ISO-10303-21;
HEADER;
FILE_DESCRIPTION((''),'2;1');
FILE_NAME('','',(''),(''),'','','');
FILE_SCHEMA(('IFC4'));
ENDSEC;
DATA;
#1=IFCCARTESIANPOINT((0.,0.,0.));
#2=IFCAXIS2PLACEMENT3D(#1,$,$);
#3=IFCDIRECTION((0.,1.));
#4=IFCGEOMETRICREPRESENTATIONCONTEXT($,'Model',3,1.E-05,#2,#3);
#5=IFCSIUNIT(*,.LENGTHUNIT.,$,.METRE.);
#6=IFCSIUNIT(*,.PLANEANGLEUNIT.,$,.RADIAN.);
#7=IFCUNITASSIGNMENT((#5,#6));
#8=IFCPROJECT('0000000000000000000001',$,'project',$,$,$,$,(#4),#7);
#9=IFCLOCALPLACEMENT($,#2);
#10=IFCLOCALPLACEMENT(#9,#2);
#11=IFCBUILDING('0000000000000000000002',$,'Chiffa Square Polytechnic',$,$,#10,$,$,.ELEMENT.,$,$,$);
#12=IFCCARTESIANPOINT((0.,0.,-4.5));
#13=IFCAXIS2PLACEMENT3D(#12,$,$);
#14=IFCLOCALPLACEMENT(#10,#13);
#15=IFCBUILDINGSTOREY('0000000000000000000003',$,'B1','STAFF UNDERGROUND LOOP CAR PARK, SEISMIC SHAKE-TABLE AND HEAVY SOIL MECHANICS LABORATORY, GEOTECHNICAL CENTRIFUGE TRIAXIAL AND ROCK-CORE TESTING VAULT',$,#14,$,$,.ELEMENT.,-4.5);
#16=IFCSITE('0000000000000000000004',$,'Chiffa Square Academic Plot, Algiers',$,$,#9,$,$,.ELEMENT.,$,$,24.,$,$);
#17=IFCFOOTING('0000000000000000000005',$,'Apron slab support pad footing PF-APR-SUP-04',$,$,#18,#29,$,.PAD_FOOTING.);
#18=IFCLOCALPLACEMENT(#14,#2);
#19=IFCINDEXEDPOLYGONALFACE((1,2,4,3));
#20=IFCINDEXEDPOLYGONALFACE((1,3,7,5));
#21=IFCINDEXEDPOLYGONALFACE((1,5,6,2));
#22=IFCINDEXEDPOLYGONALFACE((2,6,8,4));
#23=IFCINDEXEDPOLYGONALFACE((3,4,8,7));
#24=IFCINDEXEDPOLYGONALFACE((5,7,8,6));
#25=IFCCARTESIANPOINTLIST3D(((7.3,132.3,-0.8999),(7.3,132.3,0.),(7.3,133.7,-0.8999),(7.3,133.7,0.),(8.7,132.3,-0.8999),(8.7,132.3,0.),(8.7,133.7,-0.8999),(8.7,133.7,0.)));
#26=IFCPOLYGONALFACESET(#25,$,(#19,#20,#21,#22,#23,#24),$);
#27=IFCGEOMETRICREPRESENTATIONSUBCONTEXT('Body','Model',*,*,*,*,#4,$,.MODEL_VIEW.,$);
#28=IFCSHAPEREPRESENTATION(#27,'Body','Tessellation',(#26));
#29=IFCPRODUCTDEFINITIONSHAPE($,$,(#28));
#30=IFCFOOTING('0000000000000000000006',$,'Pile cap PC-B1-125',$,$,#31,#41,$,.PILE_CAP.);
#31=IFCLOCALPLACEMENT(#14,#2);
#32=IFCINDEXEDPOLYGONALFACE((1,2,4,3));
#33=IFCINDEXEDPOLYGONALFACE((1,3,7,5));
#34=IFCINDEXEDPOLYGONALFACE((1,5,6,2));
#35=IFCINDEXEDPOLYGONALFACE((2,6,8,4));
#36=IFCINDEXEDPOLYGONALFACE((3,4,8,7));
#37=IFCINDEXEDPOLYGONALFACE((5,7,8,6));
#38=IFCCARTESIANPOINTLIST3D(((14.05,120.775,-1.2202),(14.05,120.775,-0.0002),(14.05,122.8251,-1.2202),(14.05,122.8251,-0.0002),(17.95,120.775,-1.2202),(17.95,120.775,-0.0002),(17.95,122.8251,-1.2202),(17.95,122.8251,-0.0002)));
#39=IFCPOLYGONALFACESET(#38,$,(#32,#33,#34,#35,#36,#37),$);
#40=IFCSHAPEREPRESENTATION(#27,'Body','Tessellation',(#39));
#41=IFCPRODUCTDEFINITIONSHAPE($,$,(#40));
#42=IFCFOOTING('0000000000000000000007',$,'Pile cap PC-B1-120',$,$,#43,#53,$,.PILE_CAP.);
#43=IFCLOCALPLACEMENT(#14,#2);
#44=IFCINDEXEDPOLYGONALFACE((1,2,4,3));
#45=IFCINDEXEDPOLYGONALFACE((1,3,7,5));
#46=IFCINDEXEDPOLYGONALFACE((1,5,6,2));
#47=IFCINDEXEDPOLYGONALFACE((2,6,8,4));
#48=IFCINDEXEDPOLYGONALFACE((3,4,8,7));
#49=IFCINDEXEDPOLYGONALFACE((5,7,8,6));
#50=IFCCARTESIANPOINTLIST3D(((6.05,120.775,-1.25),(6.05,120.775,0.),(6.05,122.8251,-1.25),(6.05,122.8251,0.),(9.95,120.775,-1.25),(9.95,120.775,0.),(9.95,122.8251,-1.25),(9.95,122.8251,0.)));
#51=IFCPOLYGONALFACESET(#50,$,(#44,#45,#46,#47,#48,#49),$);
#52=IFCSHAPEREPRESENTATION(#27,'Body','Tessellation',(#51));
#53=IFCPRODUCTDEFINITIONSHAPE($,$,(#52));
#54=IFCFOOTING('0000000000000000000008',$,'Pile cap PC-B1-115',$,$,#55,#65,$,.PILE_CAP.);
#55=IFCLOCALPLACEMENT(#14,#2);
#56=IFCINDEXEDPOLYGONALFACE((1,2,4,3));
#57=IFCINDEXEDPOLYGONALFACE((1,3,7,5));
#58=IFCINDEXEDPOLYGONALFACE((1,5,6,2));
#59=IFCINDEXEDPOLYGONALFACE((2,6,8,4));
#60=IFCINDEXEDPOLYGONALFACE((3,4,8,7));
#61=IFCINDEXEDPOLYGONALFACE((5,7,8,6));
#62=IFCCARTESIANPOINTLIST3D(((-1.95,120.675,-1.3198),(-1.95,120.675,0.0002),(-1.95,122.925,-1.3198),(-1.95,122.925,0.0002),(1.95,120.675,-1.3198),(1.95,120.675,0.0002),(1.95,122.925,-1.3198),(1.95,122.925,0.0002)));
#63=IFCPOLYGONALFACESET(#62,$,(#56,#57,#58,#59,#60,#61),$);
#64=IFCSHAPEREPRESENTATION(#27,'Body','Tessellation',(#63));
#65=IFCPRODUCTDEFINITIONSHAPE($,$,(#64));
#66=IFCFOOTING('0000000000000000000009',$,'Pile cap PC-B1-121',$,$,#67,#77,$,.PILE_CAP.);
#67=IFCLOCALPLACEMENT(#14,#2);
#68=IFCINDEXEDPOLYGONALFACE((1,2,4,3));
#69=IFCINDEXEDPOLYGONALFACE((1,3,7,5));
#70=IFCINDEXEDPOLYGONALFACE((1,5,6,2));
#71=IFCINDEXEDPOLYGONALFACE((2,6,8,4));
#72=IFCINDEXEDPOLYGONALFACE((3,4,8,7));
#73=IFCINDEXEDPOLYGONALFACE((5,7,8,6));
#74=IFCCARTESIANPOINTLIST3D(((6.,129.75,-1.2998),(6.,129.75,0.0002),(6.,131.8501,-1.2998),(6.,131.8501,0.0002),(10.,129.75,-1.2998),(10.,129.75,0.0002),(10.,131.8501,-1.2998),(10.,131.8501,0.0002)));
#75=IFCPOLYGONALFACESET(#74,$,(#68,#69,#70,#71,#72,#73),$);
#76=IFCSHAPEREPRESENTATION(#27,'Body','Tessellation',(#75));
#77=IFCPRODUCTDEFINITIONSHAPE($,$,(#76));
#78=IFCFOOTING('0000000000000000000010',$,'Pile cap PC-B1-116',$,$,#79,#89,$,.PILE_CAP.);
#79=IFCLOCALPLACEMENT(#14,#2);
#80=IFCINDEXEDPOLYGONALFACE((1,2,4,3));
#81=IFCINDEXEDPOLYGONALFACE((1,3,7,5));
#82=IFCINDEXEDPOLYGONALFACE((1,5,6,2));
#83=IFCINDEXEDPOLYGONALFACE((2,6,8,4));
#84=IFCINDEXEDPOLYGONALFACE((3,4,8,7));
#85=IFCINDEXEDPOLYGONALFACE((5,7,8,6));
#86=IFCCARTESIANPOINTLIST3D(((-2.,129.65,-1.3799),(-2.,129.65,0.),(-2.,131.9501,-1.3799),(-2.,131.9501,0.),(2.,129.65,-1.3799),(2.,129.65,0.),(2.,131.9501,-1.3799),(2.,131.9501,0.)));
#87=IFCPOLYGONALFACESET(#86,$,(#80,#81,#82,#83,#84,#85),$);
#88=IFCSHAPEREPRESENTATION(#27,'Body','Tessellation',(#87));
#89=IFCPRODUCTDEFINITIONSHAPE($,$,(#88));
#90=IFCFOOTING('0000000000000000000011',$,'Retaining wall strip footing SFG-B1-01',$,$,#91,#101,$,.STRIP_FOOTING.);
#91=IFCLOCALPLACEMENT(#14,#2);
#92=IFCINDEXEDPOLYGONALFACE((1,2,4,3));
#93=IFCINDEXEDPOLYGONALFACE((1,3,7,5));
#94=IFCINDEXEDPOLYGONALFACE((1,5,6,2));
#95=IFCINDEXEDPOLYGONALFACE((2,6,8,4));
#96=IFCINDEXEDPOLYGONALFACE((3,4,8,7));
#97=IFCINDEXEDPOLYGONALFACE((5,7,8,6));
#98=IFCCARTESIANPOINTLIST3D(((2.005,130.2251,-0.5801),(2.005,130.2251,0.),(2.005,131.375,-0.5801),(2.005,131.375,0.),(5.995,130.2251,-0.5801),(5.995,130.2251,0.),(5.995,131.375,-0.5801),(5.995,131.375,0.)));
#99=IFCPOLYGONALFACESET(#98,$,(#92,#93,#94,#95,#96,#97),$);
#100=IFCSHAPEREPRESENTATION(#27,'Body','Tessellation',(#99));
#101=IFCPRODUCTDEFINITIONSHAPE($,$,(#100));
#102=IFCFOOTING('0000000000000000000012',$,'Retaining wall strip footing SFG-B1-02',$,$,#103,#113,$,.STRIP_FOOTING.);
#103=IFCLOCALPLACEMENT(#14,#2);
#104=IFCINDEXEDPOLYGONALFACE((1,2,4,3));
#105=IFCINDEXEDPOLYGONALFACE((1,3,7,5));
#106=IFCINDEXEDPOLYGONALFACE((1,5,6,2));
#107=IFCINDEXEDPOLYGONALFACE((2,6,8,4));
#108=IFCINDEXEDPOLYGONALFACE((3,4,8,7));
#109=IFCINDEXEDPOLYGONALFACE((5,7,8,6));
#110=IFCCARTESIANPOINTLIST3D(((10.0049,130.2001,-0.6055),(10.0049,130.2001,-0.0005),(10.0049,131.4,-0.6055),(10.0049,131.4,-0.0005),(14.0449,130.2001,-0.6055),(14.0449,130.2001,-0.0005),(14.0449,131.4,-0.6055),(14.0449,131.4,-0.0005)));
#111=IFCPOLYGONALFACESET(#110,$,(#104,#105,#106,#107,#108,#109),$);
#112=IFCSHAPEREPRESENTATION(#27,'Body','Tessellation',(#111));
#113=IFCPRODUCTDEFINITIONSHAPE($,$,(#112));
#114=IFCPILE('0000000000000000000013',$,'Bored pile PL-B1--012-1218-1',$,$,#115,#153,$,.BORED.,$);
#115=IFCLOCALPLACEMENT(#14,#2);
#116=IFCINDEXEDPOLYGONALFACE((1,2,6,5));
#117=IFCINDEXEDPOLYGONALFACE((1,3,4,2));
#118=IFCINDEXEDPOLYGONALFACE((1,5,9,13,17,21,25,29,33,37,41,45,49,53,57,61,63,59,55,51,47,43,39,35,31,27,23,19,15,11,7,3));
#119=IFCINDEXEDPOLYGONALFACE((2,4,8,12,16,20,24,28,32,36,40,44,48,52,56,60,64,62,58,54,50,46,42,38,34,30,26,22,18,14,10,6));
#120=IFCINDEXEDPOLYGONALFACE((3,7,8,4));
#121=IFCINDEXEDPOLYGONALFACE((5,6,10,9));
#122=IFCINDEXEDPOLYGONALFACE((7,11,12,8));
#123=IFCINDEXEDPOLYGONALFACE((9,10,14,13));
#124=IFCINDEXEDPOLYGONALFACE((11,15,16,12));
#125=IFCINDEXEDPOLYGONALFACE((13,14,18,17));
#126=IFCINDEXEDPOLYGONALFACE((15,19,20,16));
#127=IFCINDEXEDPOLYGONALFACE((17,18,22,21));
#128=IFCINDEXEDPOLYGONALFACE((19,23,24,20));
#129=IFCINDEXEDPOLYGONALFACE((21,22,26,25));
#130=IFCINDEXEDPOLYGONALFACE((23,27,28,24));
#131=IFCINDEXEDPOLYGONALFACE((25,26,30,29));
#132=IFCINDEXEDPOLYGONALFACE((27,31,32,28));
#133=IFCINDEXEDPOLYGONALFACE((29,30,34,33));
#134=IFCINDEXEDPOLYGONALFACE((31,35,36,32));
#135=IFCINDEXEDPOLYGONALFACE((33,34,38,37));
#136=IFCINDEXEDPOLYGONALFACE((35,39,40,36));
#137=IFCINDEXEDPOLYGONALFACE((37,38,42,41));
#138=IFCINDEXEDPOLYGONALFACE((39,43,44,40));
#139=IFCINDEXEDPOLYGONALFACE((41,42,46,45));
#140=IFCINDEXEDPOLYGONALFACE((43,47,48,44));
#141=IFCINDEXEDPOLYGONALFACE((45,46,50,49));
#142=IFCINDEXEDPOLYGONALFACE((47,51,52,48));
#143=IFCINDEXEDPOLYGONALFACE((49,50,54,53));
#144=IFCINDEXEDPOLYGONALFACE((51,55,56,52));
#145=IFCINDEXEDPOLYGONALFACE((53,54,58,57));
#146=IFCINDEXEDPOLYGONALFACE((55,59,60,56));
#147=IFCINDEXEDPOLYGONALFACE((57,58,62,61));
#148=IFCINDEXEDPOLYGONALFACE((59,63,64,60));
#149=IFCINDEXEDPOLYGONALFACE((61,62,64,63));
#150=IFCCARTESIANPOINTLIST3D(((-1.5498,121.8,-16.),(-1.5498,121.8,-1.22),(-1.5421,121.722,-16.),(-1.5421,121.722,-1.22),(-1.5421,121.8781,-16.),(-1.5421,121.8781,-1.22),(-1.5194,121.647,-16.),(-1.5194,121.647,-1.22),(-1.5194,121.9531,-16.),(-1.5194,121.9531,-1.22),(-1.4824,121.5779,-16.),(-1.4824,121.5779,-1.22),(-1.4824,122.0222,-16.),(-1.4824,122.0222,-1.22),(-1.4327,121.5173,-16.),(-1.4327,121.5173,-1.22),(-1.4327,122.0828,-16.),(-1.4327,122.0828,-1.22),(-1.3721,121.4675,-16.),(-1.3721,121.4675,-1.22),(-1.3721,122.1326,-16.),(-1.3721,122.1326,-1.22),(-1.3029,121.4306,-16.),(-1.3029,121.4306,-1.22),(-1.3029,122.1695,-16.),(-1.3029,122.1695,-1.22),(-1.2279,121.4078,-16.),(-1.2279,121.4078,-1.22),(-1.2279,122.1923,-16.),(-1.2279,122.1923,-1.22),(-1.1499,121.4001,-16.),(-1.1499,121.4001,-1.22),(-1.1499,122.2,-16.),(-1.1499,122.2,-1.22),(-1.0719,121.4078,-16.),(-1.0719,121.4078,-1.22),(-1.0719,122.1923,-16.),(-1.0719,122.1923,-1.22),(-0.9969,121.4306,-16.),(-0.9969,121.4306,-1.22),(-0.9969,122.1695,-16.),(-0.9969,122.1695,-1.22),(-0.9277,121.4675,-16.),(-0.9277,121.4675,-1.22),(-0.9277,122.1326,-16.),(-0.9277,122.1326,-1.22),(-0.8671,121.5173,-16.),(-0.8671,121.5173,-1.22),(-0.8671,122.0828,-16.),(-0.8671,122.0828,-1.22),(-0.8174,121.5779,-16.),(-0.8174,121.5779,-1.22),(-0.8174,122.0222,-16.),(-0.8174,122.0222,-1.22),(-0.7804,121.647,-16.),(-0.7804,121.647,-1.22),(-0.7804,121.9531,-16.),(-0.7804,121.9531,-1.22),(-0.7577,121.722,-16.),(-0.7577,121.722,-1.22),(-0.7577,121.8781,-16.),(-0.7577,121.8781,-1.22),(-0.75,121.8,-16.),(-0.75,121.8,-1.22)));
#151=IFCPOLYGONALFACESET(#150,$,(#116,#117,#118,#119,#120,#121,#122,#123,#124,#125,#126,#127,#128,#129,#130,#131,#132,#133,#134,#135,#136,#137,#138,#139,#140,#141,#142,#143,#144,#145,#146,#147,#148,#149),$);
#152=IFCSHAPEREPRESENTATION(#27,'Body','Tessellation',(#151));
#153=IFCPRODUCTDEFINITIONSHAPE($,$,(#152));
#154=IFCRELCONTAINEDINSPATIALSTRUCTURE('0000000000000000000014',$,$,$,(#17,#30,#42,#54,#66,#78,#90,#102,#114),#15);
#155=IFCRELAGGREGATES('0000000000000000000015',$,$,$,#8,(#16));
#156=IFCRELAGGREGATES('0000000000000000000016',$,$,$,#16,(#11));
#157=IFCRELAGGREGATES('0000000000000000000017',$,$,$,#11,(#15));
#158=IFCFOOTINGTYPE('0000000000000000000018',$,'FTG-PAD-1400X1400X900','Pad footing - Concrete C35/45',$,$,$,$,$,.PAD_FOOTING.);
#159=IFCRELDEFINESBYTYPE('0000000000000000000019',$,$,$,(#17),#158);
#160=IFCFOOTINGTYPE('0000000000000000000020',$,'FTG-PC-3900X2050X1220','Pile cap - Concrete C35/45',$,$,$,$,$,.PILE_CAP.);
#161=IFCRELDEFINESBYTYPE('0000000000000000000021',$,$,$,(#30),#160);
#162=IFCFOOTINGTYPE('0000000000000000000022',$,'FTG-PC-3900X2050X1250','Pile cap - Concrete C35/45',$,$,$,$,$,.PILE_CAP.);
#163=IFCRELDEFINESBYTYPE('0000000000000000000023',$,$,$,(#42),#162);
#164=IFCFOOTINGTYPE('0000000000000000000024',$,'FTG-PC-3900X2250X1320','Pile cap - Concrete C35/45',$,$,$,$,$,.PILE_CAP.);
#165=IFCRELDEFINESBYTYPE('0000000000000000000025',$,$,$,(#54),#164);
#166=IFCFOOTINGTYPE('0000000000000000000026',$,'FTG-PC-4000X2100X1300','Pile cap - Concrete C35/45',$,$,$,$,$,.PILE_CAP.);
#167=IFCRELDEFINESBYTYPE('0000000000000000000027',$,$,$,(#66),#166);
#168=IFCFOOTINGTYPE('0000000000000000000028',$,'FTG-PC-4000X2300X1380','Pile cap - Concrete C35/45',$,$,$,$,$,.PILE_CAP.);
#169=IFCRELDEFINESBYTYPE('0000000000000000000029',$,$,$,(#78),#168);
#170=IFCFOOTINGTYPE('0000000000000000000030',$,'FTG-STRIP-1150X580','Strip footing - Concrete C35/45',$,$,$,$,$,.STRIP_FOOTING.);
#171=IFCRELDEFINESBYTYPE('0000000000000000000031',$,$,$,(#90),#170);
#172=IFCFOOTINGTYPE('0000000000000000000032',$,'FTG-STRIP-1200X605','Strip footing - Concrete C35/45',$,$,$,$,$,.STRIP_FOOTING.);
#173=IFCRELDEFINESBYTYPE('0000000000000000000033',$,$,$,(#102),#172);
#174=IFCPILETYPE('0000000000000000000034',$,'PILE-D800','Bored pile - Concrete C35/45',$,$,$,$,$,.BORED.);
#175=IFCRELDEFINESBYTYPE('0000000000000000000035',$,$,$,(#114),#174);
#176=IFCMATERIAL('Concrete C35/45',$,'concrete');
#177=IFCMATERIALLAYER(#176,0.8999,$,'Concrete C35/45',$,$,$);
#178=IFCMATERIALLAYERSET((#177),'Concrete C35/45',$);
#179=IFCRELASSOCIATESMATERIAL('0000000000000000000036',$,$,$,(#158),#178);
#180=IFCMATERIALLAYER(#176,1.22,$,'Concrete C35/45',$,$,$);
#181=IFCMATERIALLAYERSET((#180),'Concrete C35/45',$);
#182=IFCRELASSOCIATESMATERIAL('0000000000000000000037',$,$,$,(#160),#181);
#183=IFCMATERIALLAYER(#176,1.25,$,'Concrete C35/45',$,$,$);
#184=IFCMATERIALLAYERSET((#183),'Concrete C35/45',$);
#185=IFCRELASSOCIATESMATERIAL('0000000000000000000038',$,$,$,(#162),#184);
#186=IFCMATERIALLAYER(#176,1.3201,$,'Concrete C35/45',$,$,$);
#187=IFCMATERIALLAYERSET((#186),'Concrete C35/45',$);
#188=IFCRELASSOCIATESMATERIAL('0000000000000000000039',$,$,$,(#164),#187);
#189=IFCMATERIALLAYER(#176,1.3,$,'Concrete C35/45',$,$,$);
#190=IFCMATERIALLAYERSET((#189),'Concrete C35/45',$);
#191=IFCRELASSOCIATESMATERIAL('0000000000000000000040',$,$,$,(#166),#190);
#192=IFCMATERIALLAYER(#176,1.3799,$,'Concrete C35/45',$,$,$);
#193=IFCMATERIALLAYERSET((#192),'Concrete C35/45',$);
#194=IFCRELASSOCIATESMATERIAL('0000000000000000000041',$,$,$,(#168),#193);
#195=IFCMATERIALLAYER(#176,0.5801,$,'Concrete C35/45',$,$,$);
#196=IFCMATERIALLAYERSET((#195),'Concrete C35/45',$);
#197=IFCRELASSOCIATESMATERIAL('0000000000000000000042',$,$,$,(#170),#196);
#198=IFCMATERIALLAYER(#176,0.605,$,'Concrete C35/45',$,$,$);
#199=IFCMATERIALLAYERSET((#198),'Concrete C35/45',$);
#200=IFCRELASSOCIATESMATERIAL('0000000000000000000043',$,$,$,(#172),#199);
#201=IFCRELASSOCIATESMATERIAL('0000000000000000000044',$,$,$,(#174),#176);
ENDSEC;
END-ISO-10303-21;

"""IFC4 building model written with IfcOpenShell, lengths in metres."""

from ifc_helpers import new_model, si_unit, direction, frame, origin, origin_2d, place, context, subcontext, project, spatial, rectangle, circle, extrude, material, layer, layer_set, material_profile, profile_set, type_object, element, save


model = new_model("IFC4")

# Units and contexts
model_context = context("Model", 3, precision=1e-05, world=origin(), true_north=direction((0.0, 1.0)))
body_context = subcontext(model_context, "Body", "Model", "MODEL_VIEW")
ifc_project = project(units=[si_unit("LENGTHUNIT", "METRE"), si_unit("PLANEANGLEUNIT", "RADIAN")], contexts=[model_context])

# Site, building, storey
site_placement = place(None, origin())
site = spatial("IfcSite", under=ifc_project, at=site_placement, Name="Chiffa Square Academic Plot, Algiers", CompositionType="ELEMENT", RefElevation=24.0)
building_placement = place(site_placement, origin())
building = spatial("IfcBuilding", under=site, at=building_placement, Name="Chiffa Square Polytechnic", CompositionType="ELEMENT")
storey_placement = place(building_placement, frame((0.0, 0.0, -4.5)))
storey = spatial("IfcBuildingStorey", under=building, at=storey_placement, Name="B1", Description="STAFF UNDERGROUND LOOP CAR PARK, SEISMIC SHAKE-TABLE AND HEAVY SOIL MECHANICS LABORATORY, GEOTECHNICAL CENTRIFUGE TRIAXIAL AND ROCK-CORE TESTING VAULT", CompositionType="ELEMENT", Elevation=-4.5)

# Footings
ifc_material_1 = material(Name="Concrete C35/45", Category="concrete")
ifc_layer_1 = layer(ifc_material_1, 0.8999, Name="Concrete C35/45")
ifc_layer_set_1 = layer_set([ifc_layer_1], Name="Concrete C35/45")
footing_type_1 = type_object("IfcFootingType", Name="FTG-PAD-1400X1400X900", Description="Pad footing - Concrete C35/45", PredefinedType="PAD_FOOTING", material=ifc_layer_set_1)
footing_1_placement = place(storey_placement, frame((8.0, 133.0, -0.8999), z_axis=(0.0, 0.0, 1.0), x_axis=(1.0, 0.0, 0.0)))
element("IfcFooting", 1, at=footing_1_placement, inside=storey, type_object=footing_type_1, Name="Apron slab support pad footing PF-APR-SUP-04", PredefinedType="PAD_FOOTING", context=body_context, shape_type="SweptSolid", body=[
    extrude(rectangle(XDim=1.3999, YDim=1.3999, at=origin_2d()), origin(), (0.0, 0.0, 1.0), 0.8999),
])
ifc_layer_2 = layer(ifc_material_1, 1.22, Name="Concrete C35/45")
ifc_layer_set_2 = layer_set([ifc_layer_2], Name="Concrete C35/45")
footing_type_2 = type_object("IfcFootingType", Name="FTG-PC-3900X2050X1220", Description="Pile cap - Concrete C35/45", PredefinedType="PILE_CAP", material=ifc_layer_set_2)
footing_2_placement = place(storey_placement, frame((16.0, 121.8, -1.2202), z_axis=(0.0, 0.0, 1.0), x_axis=(1.0, 0.0, 0.0)))
element("IfcFooting", 2, at=footing_2_placement, inside=storey, type_object=footing_type_2, Name="Pile cap PC-B1-125", PredefinedType="PILE_CAP", context=body_context, shape_type="SweptSolid", body=[
    extrude(rectangle(XDim=3.8999, YDim=2.05, at=origin_2d()), origin(), (0.0, 0.0, 1.0), 1.22),
])
ifc_layer_3 = layer(ifc_material_1, 1.25, Name="Concrete C35/45")
ifc_layer_set_3 = layer_set([ifc_layer_3], Name="Concrete C35/45")
footing_type_3 = type_object("IfcFootingType", Name="FTG-PC-3900X2050X1250", Description="Pile cap - Concrete C35/45", PredefinedType="PILE_CAP", material=ifc_layer_set_3)
footing_3_placement = place(storey_placement, frame((8.0, 121.8, -1.25), z_axis=(0.0, 0.0, 1.0), x_axis=(1.0, 0.0, 0.0)))
element("IfcFooting", 3, at=footing_3_placement, inside=storey, type_object=footing_type_3, Name="Pile cap PC-B1-120", PredefinedType="PILE_CAP", context=body_context, shape_type="SweptSolid", body=[
    extrude(rectangle(XDim=3.8999, YDim=2.05, at=origin_2d()), origin(), (0.0, 0.0, 1.0), 1.25),
])
ifc_layer_4 = layer(ifc_material_1, 1.3201, Name="Concrete C35/45")
ifc_layer_set_4 = layer_set([ifc_layer_4], Name="Concrete C35/45")
footing_type_4 = type_object("IfcFootingType", Name="FTG-PC-3900X2250X1320", Description="Pile cap - Concrete C35/45", PredefinedType="PILE_CAP", material=ifc_layer_set_4)
footing_4_placement = place(storey_placement, frame((0.0, 121.8, -1.3198), z_axis=(0.0, 0.0, 1.0), x_axis=(1.0, 0.0, 0.0)))
element("IfcFooting", 4, at=footing_4_placement, inside=storey, type_object=footing_type_4, Name="Pile cap PC-B1-115", PredefinedType="PILE_CAP", context=body_context, shape_type="SweptSolid", body=[
    extrude(rectangle(XDim=3.8999, YDim=2.25, at=origin_2d()), origin(), (0.0, 0.0, 1.0), 1.3201),
])
ifc_layer_5 = layer(ifc_material_1, 1.3, Name="Concrete C35/45")
ifc_layer_set_5 = layer_set([ifc_layer_5], Name="Concrete C35/45")
footing_type_5 = type_object("IfcFootingType", Name="FTG-PC-4000X2100X1300", Description="Pile cap - Concrete C35/45", PredefinedType="PILE_CAP", material=ifc_layer_set_5)
footing_5_placement = place(storey_placement, frame((8.0, 130.8, -1.2998), z_axis=(0.0, 0.0, 1.0), x_axis=(1.0, 0.0, 0.0)))
element("IfcFooting", 5, at=footing_5_placement, inside=storey, type_object=footing_type_5, Name="Pile cap PC-B1-121", PredefinedType="PILE_CAP", context=body_context, shape_type="SweptSolid", body=[
    extrude(rectangle(XDim=4.0, YDim=2.1001, at=origin_2d()), origin(), (0.0, 0.0, 1.0), 1.3),
])
ifc_layer_6 = layer(ifc_material_1, 1.3799, Name="Concrete C35/45")
ifc_layer_set_6 = layer_set([ifc_layer_6], Name="Concrete C35/45")
footing_type_6 = type_object("IfcFootingType", Name="FTG-PC-4000X2300X1380", Description="Pile cap - Concrete C35/45", PredefinedType="PILE_CAP", material=ifc_layer_set_6)
footing_6_placement = place(storey_placement, frame((0.0, 130.8, -1.3799), z_axis=(0.0, 0.0, 1.0), x_axis=(1.0, 0.0, 0.0)))
element("IfcFooting", 6, at=footing_6_placement, inside=storey, type_object=footing_type_6, Name="Pile cap PC-B1-116", PredefinedType="PILE_CAP", context=body_context, shape_type="SweptSolid", body=[
    extrude(rectangle(XDim=4.0, YDim=2.3, at=origin_2d()), origin(), (0.0, 0.0, 1.0), 1.3799),
])
ifc_layer_7 = layer(ifc_material_1, 0.5801, Name="Concrete C35/45")
ifc_layer_set_7 = layer_set([ifc_layer_7], Name="Concrete C35/45")
footing_type_7 = type_object("IfcFootingType", Name="FTG-STRIP-1150X580", Description="Strip footing - Concrete C35/45", PredefinedType="STRIP_FOOTING", material=ifc_layer_set_7)
footing_7_placement = place(storey_placement, frame((4.0, 130.8, -0.5801), z_axis=(0.0, 0.0, 1.0), x_axis=(1.0, 0.0, 0.0)))
element("IfcFooting", 7, at=footing_7_placement, inside=storey, type_object=footing_type_7, Name="Retaining wall strip footing SFG-B1-01", PredefinedType="STRIP_FOOTING", context=body_context, shape_type="SweptSolid", body=[
    extrude(rectangle(XDim=3.99, YDim=1.1499, at=origin_2d()), origin(), (0.0, 0.0, 1.0), 0.5801),
])
ifc_layer_8 = layer(ifc_material_1, 0.605, Name="Concrete C35/45")
ifc_layer_set_8 = layer_set([ifc_layer_8], Name="Concrete C35/45")
footing_type_8 = type_object("IfcFootingType", Name="FTG-STRIP-1200X605", Description="Strip footing - Concrete C35/45", PredefinedType="STRIP_FOOTING", material=ifc_layer_set_8)
footing_8_placement = place(storey_placement, frame((12.0249, 130.8, -0.6055), z_axis=(0.0, 0.0, 1.0), x_axis=(1.0, 0.0, 0.0)))
element("IfcFooting", 8, at=footing_8_placement, inside=storey, type_object=footing_type_8, Name="Retaining wall strip footing SFG-B1-02", PredefinedType="STRIP_FOOTING", context=body_context, shape_type="SweptSolid", body=[
    extrude(rectangle(XDim=4.04, YDim=1.2, at=origin_2d()), origin(), (0.0, 0.0, 1.0), 0.605),
])

# Pile
ifc_material_profile_1 = material_profile(ifc_material_1, circle(Radius=0.3999, at=origin_2d()), Name="PILE D800")
ifc_profile_set_1 = profile_set([ifc_material_profile_1], Name="Concrete C35/45")
pile_type_1 = type_object("IfcPileType", Name="PILE-D800", Description="Bored pile - Concrete C35/45", PredefinedType="BORED", material=ifc_profile_set_1)
for number, where, z_axis, x_axis, name in (
    (9, (-1.1499, 121.8, -1.22), (0.0, 0.0, -1.0), (1.0, 0.0, 0.0), "Bored pile PL-B1--012-1218-1"),
):
    element("IfcPile", number, at=place(storey_placement, frame(where, z_axis=z_axis, x_axis=x_axis)), inside=storey, type_object=pile_type_1, Name=name, PredefinedType="BORED", context=body_context, shape_type="SweptSolid", body=[
        extrude(circle(Radius=0.3999, at=origin_2d()), origin(), (0.0, 0.0, 1.0), 14.78),
    ])

save(model, "model.ifc")
